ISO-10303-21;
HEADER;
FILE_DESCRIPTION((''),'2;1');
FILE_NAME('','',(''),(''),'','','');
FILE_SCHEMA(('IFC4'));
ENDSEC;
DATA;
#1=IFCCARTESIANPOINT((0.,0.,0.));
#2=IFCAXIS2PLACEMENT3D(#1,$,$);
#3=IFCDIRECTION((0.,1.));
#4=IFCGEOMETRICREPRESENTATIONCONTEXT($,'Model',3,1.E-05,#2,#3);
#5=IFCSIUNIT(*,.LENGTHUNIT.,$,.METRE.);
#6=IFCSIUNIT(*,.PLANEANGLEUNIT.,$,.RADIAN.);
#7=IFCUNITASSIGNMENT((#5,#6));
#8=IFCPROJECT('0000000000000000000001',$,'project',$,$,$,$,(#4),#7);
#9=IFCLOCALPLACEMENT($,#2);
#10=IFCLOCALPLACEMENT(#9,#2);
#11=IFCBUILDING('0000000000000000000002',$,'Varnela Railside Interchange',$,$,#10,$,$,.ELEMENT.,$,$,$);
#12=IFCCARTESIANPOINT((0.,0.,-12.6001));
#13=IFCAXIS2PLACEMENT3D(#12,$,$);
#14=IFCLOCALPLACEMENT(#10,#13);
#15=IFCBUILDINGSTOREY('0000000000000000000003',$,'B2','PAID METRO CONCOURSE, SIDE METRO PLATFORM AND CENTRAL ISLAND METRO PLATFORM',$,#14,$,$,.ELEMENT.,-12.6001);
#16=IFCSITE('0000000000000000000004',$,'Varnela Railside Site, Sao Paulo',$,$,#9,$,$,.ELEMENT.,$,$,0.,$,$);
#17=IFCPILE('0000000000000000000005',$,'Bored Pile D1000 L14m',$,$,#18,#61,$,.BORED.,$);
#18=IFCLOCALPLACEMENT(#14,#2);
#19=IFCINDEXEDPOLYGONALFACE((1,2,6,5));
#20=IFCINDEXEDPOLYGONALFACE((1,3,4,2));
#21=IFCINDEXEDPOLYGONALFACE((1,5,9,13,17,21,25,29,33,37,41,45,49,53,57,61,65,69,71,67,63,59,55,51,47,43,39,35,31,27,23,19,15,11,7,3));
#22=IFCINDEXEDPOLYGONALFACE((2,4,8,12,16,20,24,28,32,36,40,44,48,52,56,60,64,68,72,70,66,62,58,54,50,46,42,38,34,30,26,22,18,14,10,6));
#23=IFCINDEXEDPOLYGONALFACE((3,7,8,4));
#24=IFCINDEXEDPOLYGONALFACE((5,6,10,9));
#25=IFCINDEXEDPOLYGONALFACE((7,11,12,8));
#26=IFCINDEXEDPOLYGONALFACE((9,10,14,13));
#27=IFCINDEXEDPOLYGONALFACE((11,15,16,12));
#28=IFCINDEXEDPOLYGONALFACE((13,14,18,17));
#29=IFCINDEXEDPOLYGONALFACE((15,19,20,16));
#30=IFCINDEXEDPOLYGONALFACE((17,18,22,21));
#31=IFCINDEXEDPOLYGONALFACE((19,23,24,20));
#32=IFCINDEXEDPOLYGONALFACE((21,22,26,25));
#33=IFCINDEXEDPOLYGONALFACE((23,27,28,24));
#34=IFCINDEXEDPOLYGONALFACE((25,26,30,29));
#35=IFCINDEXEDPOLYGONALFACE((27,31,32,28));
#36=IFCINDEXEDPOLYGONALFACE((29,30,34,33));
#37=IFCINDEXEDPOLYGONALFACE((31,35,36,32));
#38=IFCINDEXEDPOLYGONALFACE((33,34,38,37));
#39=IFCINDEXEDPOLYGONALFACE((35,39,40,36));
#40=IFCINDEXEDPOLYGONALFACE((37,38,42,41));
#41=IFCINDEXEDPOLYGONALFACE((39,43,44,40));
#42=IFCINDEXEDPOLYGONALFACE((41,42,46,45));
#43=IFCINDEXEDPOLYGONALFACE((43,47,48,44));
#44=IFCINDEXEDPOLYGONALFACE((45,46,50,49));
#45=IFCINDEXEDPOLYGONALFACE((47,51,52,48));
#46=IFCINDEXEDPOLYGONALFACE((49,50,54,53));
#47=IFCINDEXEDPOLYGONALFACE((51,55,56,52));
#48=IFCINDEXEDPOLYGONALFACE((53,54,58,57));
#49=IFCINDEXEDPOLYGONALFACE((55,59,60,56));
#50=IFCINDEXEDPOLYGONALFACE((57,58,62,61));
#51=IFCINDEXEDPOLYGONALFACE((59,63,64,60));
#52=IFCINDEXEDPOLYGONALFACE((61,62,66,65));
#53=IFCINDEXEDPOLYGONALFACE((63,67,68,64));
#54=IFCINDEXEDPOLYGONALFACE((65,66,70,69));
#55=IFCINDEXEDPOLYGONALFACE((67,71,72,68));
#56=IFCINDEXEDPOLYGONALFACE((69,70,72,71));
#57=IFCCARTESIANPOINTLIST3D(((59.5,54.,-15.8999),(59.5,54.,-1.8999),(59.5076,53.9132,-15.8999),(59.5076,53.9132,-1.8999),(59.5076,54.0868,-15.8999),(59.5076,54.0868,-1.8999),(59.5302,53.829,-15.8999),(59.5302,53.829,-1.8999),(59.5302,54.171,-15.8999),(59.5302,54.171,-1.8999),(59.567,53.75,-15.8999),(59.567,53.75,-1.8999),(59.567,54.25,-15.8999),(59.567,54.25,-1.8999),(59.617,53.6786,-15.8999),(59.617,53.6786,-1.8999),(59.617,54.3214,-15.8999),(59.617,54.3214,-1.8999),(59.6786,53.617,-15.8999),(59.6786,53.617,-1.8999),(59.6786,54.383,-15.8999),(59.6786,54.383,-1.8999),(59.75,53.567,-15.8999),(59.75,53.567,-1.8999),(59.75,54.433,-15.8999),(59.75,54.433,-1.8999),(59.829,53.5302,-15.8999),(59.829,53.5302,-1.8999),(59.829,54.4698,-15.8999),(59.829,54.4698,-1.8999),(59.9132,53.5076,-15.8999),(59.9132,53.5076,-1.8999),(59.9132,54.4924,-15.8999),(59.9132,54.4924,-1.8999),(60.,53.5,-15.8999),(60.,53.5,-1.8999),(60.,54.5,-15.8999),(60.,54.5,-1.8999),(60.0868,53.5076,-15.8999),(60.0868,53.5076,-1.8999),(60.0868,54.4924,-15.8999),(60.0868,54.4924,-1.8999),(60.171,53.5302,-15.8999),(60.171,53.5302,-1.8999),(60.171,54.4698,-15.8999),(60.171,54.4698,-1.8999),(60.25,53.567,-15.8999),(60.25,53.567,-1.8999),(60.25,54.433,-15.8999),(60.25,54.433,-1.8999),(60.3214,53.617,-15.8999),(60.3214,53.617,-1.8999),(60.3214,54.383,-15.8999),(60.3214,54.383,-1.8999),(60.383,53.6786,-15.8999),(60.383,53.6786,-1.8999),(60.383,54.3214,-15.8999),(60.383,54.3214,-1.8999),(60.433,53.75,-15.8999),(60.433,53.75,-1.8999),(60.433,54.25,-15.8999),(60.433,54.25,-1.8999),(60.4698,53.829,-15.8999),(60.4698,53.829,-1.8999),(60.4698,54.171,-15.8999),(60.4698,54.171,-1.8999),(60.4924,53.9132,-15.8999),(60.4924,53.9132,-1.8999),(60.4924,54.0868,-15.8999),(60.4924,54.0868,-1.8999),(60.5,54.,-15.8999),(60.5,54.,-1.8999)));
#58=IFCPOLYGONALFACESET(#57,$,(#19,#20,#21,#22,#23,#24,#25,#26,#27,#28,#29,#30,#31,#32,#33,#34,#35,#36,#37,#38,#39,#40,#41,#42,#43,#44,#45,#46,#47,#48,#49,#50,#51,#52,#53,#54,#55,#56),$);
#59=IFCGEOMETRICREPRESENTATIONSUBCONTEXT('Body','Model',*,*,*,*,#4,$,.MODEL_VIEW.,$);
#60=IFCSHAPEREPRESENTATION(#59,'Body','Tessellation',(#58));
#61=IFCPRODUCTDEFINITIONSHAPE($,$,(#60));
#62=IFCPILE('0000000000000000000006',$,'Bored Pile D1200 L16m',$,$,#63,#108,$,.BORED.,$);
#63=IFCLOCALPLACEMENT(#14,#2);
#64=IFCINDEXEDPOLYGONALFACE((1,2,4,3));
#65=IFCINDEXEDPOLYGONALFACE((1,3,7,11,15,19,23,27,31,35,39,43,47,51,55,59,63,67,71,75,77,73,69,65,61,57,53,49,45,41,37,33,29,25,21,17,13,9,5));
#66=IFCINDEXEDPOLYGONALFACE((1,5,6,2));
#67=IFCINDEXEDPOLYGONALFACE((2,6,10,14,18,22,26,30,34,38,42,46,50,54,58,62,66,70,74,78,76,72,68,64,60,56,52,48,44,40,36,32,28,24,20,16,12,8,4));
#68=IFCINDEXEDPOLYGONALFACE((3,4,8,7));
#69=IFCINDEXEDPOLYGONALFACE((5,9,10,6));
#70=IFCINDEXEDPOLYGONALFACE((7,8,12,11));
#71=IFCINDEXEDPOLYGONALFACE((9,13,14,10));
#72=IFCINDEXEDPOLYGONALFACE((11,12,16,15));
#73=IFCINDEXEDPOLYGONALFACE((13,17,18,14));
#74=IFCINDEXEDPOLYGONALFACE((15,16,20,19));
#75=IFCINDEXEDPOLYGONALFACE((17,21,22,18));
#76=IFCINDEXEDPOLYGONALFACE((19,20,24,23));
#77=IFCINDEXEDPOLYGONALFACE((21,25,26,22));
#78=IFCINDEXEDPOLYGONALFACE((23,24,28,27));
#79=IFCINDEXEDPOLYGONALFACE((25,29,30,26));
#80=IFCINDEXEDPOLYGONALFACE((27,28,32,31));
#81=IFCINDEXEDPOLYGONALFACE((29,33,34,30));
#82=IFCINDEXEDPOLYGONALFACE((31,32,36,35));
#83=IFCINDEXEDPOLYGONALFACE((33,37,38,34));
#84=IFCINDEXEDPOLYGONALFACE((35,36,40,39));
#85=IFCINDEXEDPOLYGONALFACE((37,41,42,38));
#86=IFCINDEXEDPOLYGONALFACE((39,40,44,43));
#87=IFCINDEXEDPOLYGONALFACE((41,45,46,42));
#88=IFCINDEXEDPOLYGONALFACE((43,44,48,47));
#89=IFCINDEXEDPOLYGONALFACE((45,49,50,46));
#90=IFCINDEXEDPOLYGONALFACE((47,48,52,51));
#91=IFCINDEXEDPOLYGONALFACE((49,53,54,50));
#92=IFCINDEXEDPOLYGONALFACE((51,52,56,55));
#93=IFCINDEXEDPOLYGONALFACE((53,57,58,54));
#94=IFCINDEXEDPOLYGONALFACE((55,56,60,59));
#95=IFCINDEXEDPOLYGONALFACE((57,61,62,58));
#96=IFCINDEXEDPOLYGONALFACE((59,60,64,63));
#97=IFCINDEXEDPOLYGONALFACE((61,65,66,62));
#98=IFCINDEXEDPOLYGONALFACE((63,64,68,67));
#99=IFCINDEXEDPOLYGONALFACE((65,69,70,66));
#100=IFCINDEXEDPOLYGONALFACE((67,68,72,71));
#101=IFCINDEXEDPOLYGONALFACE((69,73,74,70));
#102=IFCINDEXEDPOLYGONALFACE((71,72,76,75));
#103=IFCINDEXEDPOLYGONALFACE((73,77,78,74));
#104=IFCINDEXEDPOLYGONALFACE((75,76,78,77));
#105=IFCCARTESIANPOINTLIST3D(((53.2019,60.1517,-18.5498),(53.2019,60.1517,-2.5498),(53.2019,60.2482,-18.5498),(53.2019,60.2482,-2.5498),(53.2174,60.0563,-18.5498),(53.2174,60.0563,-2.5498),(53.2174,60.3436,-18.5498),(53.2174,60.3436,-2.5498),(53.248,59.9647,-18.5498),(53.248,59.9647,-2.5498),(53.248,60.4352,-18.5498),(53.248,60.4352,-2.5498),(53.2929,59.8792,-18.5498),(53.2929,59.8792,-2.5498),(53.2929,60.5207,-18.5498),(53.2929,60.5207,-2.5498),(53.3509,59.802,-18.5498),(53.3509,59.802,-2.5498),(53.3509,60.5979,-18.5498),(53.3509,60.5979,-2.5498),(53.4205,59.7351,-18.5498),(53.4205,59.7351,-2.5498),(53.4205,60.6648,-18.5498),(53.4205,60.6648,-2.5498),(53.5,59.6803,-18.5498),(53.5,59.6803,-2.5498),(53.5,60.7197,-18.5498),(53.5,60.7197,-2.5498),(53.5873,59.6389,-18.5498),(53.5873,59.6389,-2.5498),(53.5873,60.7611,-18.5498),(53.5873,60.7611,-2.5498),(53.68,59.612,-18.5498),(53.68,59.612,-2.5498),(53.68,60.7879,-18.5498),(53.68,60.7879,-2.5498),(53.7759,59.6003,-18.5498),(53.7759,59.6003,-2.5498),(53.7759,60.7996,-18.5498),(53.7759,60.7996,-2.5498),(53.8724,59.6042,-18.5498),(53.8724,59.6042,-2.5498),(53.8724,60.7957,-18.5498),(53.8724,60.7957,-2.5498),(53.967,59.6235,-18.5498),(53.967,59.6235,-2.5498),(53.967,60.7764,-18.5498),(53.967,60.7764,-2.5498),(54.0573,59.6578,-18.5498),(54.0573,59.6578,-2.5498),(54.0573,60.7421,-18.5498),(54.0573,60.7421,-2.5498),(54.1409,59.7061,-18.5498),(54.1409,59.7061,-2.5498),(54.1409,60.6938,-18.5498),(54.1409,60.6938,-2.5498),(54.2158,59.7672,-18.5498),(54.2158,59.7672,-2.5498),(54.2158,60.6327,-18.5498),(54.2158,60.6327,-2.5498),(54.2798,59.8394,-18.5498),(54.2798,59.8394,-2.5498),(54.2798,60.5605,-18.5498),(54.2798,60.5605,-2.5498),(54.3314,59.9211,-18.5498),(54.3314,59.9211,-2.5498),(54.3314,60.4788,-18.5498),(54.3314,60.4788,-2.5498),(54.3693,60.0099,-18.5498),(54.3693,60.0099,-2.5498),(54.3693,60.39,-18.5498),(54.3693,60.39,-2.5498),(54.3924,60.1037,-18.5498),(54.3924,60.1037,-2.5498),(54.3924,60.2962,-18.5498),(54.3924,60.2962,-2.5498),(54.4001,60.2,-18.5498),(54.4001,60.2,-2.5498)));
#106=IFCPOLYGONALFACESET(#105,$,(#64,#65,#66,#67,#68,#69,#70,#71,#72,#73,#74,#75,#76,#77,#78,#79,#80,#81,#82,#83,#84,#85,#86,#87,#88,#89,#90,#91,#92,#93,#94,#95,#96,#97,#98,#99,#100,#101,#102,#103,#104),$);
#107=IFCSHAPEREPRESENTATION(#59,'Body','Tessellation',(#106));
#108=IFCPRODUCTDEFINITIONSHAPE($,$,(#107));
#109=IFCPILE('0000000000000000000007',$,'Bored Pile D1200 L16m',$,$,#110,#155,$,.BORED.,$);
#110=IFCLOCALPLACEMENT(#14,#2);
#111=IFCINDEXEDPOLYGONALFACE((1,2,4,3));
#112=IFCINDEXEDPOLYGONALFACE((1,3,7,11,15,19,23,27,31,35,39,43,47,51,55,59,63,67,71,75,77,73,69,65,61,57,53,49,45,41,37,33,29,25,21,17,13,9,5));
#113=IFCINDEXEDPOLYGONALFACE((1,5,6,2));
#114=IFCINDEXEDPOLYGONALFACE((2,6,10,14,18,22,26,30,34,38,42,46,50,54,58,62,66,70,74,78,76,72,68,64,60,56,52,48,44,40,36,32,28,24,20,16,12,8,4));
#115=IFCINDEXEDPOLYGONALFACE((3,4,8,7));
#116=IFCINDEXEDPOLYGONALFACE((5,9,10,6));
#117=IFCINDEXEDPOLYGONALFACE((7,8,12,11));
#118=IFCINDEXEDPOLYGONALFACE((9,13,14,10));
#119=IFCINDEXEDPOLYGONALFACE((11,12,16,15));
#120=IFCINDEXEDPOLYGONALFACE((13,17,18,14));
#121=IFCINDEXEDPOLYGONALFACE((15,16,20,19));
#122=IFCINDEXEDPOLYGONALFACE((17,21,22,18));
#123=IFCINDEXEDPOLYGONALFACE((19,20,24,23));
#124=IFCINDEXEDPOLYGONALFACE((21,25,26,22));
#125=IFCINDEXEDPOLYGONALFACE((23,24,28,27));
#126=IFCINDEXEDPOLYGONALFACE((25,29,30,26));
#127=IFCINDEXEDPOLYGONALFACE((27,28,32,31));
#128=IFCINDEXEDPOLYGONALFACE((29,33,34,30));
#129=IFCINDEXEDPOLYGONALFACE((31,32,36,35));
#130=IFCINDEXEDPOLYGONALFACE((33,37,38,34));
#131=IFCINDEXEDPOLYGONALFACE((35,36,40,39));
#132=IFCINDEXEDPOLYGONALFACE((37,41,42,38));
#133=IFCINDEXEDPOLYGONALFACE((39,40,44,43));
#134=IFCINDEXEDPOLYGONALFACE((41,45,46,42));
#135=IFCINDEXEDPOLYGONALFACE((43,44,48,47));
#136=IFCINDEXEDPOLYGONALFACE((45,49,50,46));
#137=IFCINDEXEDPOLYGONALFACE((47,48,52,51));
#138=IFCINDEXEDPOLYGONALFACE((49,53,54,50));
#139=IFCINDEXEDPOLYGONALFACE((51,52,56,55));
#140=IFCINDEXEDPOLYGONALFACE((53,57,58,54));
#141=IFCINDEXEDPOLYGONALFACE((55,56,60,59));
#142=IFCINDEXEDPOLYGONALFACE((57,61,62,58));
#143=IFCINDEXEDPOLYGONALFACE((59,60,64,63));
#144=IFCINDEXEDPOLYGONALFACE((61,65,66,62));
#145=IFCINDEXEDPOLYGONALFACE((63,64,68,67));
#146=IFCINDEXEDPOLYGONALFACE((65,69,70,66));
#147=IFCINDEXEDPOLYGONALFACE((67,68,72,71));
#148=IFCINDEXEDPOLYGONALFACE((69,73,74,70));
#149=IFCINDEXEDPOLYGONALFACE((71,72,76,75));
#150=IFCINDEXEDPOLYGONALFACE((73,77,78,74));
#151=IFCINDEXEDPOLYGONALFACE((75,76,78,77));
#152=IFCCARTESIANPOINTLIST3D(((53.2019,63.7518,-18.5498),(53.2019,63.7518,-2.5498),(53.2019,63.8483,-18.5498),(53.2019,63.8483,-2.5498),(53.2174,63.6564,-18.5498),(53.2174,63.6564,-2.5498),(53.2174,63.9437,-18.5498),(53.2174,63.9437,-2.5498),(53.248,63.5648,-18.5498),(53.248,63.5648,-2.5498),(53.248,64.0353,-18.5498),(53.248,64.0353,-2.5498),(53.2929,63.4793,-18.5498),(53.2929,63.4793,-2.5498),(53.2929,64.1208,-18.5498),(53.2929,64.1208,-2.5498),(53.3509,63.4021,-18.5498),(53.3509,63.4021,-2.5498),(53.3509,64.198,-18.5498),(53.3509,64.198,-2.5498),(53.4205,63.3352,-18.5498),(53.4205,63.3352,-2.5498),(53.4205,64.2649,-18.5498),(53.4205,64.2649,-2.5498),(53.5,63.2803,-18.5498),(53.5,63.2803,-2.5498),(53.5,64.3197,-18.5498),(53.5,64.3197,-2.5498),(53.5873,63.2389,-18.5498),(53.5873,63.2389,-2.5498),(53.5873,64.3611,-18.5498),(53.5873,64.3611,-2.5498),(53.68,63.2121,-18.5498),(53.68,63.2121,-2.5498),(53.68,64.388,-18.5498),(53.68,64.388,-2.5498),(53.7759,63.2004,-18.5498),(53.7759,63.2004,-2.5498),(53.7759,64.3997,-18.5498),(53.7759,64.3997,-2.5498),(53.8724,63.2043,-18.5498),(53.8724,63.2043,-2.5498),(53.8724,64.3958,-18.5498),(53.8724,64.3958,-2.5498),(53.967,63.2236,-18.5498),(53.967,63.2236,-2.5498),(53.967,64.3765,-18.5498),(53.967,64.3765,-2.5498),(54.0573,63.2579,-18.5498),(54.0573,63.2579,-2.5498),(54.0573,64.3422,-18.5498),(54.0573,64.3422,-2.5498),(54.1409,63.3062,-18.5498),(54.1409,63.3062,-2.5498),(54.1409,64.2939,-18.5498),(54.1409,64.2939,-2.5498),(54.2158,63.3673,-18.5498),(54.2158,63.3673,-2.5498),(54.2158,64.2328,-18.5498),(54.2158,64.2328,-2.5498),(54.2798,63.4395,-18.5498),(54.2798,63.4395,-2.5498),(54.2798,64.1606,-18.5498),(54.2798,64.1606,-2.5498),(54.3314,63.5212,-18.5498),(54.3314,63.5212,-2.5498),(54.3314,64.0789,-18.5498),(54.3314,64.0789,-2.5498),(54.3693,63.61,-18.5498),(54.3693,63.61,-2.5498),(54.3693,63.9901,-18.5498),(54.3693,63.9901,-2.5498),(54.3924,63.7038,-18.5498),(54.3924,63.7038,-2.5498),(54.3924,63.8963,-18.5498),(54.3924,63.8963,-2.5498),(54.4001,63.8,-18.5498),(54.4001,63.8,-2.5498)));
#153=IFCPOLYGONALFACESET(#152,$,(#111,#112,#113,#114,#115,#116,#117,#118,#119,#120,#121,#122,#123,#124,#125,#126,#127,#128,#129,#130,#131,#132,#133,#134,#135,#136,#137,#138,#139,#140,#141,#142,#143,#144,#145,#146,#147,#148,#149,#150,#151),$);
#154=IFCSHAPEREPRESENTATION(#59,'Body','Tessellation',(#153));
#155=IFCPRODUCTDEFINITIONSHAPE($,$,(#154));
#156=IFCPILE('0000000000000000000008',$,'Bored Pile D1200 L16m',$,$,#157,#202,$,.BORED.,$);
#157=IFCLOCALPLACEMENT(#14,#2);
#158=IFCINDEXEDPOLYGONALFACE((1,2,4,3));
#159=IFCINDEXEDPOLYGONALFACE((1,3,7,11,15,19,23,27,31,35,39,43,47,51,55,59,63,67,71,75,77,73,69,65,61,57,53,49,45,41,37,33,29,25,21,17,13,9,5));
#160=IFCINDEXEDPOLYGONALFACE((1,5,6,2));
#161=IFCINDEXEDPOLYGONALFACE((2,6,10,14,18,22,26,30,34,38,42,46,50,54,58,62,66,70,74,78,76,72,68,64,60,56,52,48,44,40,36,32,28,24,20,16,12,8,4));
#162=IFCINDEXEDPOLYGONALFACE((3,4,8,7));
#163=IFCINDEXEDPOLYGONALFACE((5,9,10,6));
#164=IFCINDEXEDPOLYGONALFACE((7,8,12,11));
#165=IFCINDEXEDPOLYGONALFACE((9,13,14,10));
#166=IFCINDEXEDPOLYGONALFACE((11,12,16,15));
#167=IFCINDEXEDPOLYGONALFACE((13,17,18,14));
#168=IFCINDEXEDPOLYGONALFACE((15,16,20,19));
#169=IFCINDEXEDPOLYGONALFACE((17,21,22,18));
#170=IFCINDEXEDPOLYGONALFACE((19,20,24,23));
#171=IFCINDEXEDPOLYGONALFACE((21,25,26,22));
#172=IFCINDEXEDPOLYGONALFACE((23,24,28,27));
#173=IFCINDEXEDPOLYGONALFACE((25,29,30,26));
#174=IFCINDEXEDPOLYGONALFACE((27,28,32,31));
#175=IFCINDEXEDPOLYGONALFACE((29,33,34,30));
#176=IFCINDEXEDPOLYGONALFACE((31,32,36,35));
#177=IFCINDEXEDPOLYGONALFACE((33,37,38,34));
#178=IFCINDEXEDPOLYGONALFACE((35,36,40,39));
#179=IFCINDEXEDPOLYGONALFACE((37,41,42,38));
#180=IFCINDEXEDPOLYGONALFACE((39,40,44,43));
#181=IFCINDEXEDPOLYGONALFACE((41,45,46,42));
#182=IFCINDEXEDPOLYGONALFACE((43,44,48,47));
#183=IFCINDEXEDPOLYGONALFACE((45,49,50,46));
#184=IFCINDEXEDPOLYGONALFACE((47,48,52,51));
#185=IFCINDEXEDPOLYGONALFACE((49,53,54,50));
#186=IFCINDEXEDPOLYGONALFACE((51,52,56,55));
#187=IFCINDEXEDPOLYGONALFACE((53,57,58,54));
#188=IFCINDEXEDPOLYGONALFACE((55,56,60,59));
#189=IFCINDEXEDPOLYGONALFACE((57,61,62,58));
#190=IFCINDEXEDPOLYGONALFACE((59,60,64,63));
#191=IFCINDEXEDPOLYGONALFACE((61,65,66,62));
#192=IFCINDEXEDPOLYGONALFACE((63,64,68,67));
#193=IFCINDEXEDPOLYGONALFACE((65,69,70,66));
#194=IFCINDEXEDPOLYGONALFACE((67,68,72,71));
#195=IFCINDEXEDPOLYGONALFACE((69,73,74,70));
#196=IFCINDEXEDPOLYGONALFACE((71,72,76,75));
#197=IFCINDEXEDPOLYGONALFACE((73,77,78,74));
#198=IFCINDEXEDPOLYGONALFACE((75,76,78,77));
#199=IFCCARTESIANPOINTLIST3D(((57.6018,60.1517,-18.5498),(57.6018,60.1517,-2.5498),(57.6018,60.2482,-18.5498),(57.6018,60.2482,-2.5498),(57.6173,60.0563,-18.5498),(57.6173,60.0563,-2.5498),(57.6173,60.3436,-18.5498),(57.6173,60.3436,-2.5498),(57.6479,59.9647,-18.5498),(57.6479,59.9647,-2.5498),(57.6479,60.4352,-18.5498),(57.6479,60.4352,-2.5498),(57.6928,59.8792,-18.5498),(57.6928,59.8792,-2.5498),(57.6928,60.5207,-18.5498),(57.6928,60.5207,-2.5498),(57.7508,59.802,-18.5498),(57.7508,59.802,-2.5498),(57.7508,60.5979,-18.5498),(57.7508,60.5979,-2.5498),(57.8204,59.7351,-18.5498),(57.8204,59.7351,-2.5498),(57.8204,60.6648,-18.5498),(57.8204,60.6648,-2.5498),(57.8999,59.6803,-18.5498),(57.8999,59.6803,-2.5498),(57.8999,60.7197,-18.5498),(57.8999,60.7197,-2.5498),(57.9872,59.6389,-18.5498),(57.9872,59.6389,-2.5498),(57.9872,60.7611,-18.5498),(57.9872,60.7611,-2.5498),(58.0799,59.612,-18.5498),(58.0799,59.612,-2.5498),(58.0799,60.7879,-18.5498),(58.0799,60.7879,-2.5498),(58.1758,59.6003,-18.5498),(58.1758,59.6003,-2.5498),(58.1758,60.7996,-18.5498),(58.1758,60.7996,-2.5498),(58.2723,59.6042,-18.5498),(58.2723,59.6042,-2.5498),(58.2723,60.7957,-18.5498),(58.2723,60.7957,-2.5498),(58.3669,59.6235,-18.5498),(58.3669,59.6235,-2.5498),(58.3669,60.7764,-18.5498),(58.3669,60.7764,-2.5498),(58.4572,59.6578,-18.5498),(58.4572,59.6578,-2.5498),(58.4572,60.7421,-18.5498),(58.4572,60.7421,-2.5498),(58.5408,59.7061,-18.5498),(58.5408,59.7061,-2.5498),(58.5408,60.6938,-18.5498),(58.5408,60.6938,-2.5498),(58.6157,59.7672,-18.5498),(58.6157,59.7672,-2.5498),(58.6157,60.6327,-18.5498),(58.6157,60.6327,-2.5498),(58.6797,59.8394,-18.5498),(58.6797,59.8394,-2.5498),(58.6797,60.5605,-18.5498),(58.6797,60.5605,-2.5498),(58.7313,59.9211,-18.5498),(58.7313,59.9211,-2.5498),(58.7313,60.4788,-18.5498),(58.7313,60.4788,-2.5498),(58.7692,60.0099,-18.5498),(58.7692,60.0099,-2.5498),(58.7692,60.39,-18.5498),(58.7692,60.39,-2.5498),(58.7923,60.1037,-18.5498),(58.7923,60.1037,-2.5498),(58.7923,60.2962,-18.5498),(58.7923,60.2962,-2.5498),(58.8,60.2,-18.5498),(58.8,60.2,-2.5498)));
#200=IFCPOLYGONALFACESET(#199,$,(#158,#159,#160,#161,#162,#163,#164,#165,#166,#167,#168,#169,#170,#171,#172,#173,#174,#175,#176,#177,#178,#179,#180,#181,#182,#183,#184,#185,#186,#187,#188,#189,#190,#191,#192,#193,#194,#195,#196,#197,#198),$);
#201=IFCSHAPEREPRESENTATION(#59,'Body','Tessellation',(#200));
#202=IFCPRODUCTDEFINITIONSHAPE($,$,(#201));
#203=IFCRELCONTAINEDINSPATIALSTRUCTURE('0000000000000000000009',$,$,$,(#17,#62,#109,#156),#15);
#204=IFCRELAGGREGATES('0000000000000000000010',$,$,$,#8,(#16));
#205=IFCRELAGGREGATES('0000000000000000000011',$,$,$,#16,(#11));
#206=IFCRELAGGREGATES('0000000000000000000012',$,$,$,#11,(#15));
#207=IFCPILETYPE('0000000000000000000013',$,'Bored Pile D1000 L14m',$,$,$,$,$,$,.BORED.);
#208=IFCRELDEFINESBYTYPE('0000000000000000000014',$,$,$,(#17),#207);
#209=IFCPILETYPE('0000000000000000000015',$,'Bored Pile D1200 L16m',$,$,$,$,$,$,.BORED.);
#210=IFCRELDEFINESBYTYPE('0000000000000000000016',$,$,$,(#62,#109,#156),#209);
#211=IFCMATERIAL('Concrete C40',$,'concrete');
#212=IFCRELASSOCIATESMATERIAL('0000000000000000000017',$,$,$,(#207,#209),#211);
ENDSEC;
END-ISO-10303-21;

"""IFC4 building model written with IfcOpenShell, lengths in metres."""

from ifc_helpers import new_model, si_unit, direction, frame, origin, origin_2d, place, context, subcontext, project, spatial, circle, extrude, material, material_profile, profile_set, type_object, element, save


model = new_model("IFC4")

# Units and contexts
model_context = context("Model", 3, precision=1e-05, world=origin(), true_north=direction((0.0, 1.0)))
body_context = subcontext(model_context, "Body", "Model", "MODEL_VIEW")
ifc_project = project(units=[si_unit("LENGTHUNIT", "METRE"), si_unit("PLANEANGLEUNIT", "RADIAN")], contexts=[model_context])

# Site, building, storey
site_placement = place(None, origin())
site = spatial("IfcSite", under=ifc_project, at=site_placement, Name="Varnela Railside Site, Sao Paulo", CompositionType="ELEMENT", RefElevation=0.0)
building_placement = place(site_placement, origin())
building = spatial("IfcBuilding", under=site, at=building_placement, Name="Varnela Railside Interchange", CompositionType="ELEMENT")
storey_placement = place(building_placement, frame((0.0, 0.0, -12.6001)))
storey = spatial("IfcBuildingStorey", under=building, at=storey_placement, Name="B2", Description="PAID METRO CONCOURSE, SIDE METRO PLATFORM AND CENTRAL ISLAND METRO PLATFORM", CompositionType="ELEMENT", Elevation=-12.6001)

# Piles
ifc_material_1 = material(Name="Concrete C40", Category="concrete")
ifc_material_profile_1 = material_profile(ifc_material_1, circle(Radius=0.5, at=origin_2d()), Name="BORED PILE D1000")
ifc_profile_set_1 = profile_set([ifc_material_profile_1], Name="Concrete C40")
pile_type_1 = type_object("IfcPileType", Name="Bored Pile D1000 L14m", PredefinedType="BORED", material=ifc_profile_set_1)
pile_placement = place(storey_placement, frame((60.0, 54.0, -1.8999), z_axis=(0.0, 0.0, -1.0), x_axis=(1.0, 0.0, 0.0)))
element("IfcPile", 1, at=pile_placement, inside=storey, type_object=pile_type_1, Name="Bored Pile D1000 L14m", PredefinedType="BORED", context=body_context, shape_type="SweptSolid", body=[
    extrude(circle(Radius=0.5, at=origin_2d()), origin(), (0.0, 0.0, 1.0), 14.0),
])
ifc_material_profile_2 = material_profile(ifc_material_1, circle(Radius=0.6001, at=origin_2d()), Name="BORED PILE D1200")
ifc_profile_set_2 = profile_set([ifc_material_profile_2], Name="Concrete C40")
pile_type_2 = type_object("IfcPileType", Name="Bored Pile D1200 L16m", PredefinedType="BORED", material=ifc_profile_set_2)
for number, where, z_axis, x_axis, name in (
    (2, (53.8, 60.2, -2.5498), (0.0, 0.0, -1.0), (1.0, 0.0, 0.0), "Bored Pile D1200 L16m"),
    (3, (53.8, 63.8, -2.5498), (0.0, 0.0, -1.0), (1.0, 0.0, 0.0), "Bored Pile D1200 L16m"),
    (4, (58.2, 60.2, -2.5498), (0.0, 0.0, -1.0), (1.0, 0.0, 0.0), "Bored Pile D1200 L16m"),
):
    element("IfcPile", number, at=place(storey_placement, frame(where, z_axis=z_axis, x_axis=x_axis)), inside=storey, type_object=pile_type_2, Name=name, PredefinedType="BORED", context=body_context, shape_type="SweptSolid", body=[
        extrude(circle(Radius=0.6001, at=origin_2d()), origin(), (0.0, 0.0, 1.0), 16.0),
    ])

save(model, "model.ifc")
